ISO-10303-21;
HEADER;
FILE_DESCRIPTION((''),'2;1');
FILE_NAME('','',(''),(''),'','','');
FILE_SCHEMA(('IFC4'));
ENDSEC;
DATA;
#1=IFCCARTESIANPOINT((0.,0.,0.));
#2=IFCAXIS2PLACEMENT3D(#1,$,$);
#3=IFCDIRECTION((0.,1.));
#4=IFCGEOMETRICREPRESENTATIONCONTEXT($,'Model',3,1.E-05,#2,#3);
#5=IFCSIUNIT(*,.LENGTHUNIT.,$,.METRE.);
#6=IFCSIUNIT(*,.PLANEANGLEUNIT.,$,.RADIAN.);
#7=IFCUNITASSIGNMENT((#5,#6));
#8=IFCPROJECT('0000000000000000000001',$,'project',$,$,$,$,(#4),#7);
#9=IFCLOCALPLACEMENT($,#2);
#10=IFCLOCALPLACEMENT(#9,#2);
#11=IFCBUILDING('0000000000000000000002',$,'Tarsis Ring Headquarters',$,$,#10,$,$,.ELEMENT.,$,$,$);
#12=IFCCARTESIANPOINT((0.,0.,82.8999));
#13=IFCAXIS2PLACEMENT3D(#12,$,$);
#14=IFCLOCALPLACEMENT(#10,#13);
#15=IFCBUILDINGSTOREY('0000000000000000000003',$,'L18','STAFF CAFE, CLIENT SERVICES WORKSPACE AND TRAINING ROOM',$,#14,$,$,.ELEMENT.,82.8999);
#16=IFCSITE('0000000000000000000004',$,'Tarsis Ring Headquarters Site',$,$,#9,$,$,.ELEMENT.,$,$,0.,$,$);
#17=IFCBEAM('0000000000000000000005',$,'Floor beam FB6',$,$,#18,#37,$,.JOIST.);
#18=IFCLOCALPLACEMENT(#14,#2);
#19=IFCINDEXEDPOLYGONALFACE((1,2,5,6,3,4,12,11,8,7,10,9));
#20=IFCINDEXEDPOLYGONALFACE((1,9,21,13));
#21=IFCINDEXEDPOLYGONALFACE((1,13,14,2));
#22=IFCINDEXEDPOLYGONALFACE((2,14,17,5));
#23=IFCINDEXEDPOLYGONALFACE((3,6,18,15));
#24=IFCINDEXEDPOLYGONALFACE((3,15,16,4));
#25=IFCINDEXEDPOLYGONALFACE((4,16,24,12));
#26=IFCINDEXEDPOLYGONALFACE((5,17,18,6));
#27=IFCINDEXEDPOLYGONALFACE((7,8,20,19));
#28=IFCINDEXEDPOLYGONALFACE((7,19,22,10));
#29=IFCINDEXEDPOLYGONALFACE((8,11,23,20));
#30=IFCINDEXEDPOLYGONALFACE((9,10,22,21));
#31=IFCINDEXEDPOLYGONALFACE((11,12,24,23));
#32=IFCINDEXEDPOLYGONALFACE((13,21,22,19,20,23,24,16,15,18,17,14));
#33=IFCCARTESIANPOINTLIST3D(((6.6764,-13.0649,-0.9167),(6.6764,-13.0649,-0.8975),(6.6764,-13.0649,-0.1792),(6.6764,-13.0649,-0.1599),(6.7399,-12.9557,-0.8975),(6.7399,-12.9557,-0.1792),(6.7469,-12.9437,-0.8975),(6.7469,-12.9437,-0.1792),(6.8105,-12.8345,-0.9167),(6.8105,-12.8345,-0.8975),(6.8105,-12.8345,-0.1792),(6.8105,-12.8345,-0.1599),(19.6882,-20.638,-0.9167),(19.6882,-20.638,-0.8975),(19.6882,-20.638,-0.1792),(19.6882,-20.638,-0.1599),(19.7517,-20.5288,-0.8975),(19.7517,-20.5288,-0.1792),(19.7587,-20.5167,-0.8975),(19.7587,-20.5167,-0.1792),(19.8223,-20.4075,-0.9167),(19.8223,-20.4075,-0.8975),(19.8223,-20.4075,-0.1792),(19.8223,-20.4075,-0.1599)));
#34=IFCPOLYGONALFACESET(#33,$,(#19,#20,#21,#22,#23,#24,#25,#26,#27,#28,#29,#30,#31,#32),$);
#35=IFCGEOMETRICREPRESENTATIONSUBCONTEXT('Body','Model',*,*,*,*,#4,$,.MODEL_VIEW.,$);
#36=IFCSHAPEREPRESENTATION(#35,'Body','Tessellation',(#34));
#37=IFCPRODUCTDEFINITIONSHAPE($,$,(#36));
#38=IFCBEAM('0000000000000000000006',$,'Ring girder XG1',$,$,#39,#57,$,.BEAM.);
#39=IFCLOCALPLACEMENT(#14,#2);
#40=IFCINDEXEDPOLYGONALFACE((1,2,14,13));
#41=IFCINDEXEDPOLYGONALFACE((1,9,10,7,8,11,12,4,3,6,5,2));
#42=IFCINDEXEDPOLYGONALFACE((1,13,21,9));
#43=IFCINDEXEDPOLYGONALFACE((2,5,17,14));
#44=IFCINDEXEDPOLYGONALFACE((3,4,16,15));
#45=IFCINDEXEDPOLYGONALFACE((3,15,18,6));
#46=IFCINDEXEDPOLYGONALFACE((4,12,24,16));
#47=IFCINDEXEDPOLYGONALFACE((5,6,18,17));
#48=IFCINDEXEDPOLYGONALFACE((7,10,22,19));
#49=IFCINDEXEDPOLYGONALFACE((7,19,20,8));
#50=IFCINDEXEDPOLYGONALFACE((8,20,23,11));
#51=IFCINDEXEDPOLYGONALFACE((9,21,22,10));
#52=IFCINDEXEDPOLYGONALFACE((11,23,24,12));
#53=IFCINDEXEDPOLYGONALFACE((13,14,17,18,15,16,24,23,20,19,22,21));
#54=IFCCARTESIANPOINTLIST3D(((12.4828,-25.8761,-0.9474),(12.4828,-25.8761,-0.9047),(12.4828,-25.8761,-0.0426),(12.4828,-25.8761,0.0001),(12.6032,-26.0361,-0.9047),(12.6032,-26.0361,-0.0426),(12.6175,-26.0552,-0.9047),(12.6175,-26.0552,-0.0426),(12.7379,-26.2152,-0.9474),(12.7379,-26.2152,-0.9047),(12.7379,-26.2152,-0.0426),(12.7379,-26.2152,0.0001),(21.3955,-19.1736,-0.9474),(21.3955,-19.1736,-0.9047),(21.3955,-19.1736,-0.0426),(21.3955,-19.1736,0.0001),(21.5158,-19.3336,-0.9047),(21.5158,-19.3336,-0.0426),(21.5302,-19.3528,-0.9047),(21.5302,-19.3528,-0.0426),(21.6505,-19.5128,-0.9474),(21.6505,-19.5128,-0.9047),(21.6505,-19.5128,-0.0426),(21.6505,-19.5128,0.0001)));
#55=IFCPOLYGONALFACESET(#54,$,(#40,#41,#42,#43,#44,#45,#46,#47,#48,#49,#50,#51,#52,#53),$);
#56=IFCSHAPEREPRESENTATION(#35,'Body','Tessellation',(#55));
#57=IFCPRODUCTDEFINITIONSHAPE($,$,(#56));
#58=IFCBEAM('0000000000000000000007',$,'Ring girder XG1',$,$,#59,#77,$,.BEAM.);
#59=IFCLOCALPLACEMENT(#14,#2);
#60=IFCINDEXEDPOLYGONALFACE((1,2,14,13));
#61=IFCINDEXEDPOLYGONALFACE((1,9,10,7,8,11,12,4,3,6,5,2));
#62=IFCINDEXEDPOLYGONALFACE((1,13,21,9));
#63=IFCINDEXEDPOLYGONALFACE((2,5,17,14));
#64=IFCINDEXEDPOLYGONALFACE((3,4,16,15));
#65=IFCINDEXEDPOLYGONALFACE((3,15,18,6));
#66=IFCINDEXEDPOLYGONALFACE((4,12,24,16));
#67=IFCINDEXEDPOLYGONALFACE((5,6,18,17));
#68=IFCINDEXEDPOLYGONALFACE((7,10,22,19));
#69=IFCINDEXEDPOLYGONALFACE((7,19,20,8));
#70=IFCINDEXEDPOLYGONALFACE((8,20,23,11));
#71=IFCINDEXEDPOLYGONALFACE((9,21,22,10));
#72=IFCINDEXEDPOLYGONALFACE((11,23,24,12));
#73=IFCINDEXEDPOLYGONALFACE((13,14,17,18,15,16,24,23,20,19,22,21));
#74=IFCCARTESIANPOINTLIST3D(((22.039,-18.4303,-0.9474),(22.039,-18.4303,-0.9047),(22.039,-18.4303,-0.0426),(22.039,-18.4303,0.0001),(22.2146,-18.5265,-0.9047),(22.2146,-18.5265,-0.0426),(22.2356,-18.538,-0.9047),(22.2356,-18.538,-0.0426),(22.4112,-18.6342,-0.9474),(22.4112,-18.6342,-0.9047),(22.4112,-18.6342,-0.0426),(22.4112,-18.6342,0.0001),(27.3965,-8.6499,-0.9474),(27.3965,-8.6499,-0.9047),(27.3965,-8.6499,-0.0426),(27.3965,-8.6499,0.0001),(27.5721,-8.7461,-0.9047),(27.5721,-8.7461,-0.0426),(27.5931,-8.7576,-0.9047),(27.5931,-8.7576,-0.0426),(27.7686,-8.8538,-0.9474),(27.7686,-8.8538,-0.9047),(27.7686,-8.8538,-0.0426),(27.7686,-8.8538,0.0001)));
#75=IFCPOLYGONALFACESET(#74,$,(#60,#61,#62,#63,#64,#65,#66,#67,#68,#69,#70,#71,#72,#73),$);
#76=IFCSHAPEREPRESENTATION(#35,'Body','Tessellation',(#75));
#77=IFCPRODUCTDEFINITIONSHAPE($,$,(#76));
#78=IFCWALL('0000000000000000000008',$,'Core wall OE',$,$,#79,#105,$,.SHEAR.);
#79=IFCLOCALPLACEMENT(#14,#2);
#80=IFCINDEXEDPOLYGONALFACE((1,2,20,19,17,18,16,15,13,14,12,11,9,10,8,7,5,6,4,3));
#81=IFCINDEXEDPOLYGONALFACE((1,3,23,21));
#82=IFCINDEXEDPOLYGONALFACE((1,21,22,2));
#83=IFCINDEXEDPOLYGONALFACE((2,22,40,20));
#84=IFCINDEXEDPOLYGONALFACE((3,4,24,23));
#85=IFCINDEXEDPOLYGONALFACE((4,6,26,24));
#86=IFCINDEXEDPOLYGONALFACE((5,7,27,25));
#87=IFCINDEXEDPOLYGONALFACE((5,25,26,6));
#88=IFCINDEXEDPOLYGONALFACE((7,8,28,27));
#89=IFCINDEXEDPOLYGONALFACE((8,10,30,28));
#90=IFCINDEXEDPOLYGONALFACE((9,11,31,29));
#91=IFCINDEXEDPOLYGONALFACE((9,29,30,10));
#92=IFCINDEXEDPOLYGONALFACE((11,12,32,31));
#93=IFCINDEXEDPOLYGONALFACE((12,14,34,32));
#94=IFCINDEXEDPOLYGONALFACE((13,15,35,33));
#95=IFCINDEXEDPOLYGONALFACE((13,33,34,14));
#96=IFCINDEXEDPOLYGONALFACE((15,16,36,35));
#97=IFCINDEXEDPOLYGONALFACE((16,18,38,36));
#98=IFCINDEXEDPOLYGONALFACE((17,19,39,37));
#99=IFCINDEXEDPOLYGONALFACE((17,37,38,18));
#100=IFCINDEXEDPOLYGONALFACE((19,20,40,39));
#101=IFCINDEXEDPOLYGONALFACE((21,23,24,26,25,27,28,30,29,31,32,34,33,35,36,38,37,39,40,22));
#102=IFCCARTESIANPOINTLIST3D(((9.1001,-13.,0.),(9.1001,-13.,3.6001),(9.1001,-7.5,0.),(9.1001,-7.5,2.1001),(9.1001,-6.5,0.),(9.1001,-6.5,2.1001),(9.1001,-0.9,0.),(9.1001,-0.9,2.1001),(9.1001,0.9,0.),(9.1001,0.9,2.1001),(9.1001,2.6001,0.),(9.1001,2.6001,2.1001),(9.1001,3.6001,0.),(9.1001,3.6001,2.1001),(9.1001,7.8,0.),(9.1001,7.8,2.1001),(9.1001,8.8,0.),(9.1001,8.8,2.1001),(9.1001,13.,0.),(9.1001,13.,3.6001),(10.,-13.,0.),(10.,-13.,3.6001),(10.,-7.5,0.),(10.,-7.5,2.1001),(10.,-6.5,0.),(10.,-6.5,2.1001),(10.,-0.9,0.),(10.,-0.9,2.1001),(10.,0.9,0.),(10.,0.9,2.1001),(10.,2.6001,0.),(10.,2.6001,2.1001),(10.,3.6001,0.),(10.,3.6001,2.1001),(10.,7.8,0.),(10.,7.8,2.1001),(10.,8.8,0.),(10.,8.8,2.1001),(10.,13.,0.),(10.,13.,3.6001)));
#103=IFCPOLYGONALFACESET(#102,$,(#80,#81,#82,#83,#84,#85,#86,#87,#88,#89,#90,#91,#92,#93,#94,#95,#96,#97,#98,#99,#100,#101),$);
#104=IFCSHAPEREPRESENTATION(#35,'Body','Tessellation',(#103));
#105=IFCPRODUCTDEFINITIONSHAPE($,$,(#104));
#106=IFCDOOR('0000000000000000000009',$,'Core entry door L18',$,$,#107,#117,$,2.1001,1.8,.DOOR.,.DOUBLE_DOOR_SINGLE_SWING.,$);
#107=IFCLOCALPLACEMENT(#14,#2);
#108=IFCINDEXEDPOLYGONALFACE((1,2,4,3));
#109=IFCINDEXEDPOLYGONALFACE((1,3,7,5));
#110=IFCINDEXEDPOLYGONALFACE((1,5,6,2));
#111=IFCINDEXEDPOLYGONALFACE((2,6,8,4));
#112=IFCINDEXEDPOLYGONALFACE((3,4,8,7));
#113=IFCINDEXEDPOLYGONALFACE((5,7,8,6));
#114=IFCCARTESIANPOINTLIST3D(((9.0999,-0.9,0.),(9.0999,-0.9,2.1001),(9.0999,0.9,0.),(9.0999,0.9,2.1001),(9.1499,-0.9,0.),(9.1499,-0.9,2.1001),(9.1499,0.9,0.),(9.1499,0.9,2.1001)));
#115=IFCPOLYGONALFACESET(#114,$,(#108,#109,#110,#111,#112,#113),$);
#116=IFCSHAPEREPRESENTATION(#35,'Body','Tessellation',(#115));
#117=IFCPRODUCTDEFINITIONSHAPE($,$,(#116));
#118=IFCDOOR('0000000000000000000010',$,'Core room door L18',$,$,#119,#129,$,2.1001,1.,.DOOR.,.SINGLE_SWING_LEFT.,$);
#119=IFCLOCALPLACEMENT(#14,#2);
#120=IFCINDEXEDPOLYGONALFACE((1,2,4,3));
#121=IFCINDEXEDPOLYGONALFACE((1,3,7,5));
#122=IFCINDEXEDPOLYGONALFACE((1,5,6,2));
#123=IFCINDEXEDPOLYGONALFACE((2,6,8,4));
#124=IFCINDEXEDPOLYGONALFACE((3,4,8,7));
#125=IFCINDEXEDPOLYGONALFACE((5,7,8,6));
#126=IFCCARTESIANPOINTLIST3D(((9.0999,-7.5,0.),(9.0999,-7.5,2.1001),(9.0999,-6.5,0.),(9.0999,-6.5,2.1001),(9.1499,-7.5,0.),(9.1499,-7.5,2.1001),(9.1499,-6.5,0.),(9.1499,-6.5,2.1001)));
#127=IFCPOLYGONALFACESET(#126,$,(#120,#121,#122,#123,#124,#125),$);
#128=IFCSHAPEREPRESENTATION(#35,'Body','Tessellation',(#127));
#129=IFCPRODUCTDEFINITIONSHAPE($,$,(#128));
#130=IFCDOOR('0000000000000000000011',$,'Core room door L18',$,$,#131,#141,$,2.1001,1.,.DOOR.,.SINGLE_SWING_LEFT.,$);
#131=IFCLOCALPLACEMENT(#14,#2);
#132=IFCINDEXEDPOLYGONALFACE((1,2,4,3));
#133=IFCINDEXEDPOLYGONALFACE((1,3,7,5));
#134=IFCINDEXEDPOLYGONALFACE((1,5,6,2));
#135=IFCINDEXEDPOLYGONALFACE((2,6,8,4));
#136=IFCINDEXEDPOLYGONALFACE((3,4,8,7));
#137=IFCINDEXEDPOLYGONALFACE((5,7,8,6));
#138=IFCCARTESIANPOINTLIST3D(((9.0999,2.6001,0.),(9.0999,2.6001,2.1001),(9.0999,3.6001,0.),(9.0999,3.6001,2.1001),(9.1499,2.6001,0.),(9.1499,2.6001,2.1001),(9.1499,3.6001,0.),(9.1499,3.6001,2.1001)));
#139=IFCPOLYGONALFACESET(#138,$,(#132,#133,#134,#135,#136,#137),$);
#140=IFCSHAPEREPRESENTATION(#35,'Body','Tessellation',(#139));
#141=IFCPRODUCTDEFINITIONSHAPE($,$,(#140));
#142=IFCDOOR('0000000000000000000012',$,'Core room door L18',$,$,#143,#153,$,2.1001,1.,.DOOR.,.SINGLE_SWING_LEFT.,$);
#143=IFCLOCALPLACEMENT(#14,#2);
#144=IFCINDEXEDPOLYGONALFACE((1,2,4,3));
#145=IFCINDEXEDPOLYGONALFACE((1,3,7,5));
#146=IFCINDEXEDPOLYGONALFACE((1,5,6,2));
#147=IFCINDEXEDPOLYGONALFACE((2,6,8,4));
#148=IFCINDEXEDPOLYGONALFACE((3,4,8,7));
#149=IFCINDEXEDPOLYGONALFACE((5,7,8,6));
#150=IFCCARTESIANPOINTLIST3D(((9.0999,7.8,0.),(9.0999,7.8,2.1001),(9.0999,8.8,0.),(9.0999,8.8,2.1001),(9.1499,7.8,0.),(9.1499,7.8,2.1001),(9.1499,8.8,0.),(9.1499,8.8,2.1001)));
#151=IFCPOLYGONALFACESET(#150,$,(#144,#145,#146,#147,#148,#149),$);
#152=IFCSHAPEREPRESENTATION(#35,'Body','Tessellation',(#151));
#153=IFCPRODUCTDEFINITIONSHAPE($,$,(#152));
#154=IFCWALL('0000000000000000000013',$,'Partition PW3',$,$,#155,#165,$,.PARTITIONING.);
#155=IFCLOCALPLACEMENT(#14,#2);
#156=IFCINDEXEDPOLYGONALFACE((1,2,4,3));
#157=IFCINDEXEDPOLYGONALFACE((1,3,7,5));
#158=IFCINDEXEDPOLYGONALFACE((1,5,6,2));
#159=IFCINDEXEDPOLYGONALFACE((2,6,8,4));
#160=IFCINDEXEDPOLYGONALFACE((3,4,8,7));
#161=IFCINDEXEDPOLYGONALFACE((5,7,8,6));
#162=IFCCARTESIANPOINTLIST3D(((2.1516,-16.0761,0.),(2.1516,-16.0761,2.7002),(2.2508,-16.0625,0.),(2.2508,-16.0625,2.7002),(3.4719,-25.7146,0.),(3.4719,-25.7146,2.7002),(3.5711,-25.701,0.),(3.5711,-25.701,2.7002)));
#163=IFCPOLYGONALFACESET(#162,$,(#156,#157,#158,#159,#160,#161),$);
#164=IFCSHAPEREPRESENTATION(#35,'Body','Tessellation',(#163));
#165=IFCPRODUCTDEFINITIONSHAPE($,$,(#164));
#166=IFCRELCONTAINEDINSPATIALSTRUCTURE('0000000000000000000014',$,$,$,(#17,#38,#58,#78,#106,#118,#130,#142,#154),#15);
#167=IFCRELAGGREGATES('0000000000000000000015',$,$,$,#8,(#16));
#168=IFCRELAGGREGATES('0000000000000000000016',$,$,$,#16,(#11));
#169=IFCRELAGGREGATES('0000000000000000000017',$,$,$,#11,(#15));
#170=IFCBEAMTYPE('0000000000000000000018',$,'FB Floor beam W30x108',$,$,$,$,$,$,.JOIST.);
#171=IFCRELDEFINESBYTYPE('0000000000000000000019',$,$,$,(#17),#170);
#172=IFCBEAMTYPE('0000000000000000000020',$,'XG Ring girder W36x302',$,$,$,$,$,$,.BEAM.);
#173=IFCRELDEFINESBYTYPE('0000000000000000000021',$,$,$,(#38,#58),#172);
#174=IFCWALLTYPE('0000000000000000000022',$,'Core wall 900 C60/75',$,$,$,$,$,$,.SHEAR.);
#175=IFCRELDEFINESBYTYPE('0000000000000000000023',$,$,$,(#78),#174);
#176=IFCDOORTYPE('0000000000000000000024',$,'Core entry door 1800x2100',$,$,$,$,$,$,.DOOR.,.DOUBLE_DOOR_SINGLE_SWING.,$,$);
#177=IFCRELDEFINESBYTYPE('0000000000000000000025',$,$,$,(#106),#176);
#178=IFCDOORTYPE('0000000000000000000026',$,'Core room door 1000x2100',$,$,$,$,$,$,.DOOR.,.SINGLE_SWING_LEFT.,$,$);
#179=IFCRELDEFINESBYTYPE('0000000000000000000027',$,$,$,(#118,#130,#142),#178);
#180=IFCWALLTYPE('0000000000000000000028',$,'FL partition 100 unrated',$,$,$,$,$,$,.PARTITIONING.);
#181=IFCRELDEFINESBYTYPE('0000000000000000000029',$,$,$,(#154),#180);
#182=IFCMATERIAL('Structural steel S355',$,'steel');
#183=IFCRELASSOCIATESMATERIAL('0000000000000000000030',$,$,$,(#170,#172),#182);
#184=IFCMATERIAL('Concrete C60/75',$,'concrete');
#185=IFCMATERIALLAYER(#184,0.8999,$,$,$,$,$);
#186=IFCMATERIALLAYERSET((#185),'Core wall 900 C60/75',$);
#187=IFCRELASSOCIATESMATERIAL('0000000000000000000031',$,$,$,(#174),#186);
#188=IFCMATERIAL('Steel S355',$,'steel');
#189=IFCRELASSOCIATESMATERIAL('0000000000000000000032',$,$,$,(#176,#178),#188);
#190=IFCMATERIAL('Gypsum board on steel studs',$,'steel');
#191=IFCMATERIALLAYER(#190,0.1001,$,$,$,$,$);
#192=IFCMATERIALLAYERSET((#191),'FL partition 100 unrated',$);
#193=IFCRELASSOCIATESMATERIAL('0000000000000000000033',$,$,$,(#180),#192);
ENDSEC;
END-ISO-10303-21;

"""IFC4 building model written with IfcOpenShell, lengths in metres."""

from ifc_helpers import new_model, si_unit, direction, frame, frame_2d, origin, origin_2d, place, context, subcontext, project, spatial, rectangle, i_section, extrude, material, layer, layer_set, material_profile, profile_set, type_object, element, fill, save


model = new_model("IFC4")

# Units and contexts
model_context = context("Model", 3, precision=1e-05, world=origin(), true_north=direction((0.0, 1.0)))
body_context = subcontext(model_context, "Body", "Model", "MODEL_VIEW")
ifc_project = project(units=[si_unit("LENGTHUNIT", "METRE"), si_unit("PLANEANGLEUNIT", "RADIAN")], contexts=[model_context])

# Site, building, storey
site_placement = place(None, origin())
site = spatial("IfcSite", under=ifc_project, at=site_placement, Name="Tarsis Ring Headquarters Site", CompositionType="ELEMENT", RefElevation=0.0)
building_placement = place(site_placement, origin())
building = spatial("IfcBuilding", under=site, at=building_placement, Name="Tarsis Ring Headquarters", CompositionType="ELEMENT")
storey_placement = place(building_placement, frame((0.0, 0.0, 82.8999)))
storey = spatial("IfcBuildingStorey", under=building, at=storey_placement, Name="L18", Description="STAFF CAFE, CLIENT SERVICES WORKSPACE AND TRAINING ROOM", CompositionType="ELEMENT", Elevation=82.8999)

# Beams
ifc_material_1 = material(Name="Structural steel S355", Category="steel")
ifc_material_profile_1 = material_profile(ifc_material_1, i_section(OverallWidth=0.2666, OverallDepth=0.7568, WebThickness=0.0139, FlangeThickness=0.0193, at=origin_2d()), Name="W30x108")
ifc_profile_set_1 = profile_set([ifc_material_profile_1], Name="Structural steel S355")
beam_type_1 = type_object("IfcBeamType", Name="FB Floor beam W30x108", PredefinedType="JOIST", material=ifc_profile_set_1)
beam_placement = place(storey_placement, frame((6.7434, -12.9497, -0.5383), z_axis=(0.864275, -0.50302, 0.0), x_axis=(0.50302, 0.864275, 0.0)))
element("IfcBeam", 1, at=beam_placement, inside=storey, type_object=beam_type_1, Name="Floor beam FB6", PredefinedType="JOIST", context=body_context, shape_type="SweptSolid", body=[
    extrude(i_section(OverallWidth=0.2666, OverallDepth=0.7568, WebThickness=0.0139, FlangeThickness=0.0193, at=origin_2d()), origin(), (0.0, 0.0, 1.0), 15.0552),
])
ifc_material_profile_2 = material_profile(ifc_material_1, i_section(OverallWidth=0.4243, OverallDepth=0.9475, WebThickness=0.0239, FlangeThickness=0.0427, at=origin_2d()), Name="W36x302")
ifc_profile_set_2 = profile_set([ifc_material_profile_2], Name="Structural steel S355")
beam_type_2 = type_object("IfcBeamType", Name="XG Ring girder W36x302", PredefinedType="BEAM", material=ifc_profile_set_2)
for number, where, z_axis, x_axis, name in (
    (2, (12.6104, -26.0457, -0.4736), (0.799227, 0.601029, 0.0), (-0.601029, 0.799227, 0.0), "Ring girder XG1"),
    (3, (22.2251, -18.5322, -0.4736), (0.480422, 0.877037, 0.0), (-0.877037, 0.480422, 0.0), "Ring girder XG1"),
):
    element("IfcBeam", number, at=place(storey_placement, frame(where, z_axis=z_axis, x_axis=x_axis)), inside=storey, type_object=beam_type_2, Name=name, PredefinedType="BEAM", context=body_context, shape_type="SweptSolid", body=[
        extrude(i_section(OverallWidth=0.4243, OverallDepth=0.9475, WebThickness=0.0239, FlangeThickness=0.0427, at=origin_2d()), origin(), (0.0, 0.0, 1.0), 11.1516),
    ])

# Wall, openings, doors
ifc_material_2 = material(Name="Concrete C60/75", Category="concrete")
ifc_layer_1 = layer(ifc_material_2, 0.8999)
ifc_layer_set_1 = layer_set([ifc_layer_1], Name="Core wall 900 C60/75")
wall_type_1 = type_object("IfcWallType", Name="Core wall 900 C60/75", PredefinedType="SHEAR", material=ifc_layer_set_1)
wall_1_placement = place(storey_placement, frame((9.55, -13.0, 0.0), z_axis=(0.0, 0.0, 1.0), x_axis=(0.0, 1.0, 0.0)))
wall_1 = element("IfcWall", 4, at=wall_1_placement, inside=storey, type_object=wall_type_1, Name="Core wall OE", PredefinedType="SHEAR", context=body_context, shape_type="SweptSolid", body=[
    extrude(rectangle(XDim=26.0, YDim=0.8999, at=frame_2d((13.0, 0.0))), origin(), (0.0, 0.0, 1.0), 3.6001),
])
opening_1_placement = place(wall_1_placement, frame((5.5, 0.0, 0.0)))
opening_1 = element("IfcOpeningElement", 5, at=opening_1_placement, cuts=wall_1, PredefinedType="OPENING", context=body_context, shape_type="SweptSolid", body=[
    extrude(rectangle(XDim=1.0, YDim=2.1001, at=frame_2d((0.5, 1.05))), frame((0.0, 0.46, 0.0), z_axis=(0.0, -1.0, 0.0), x_axis=(1.0, 0.0, 0.0)), (0.0, 0.0, 1.0), 0.9199),
])
opening_2_placement = place(wall_1_placement, frame((12.1001, 0.0, 0.0)))
opening_2 = element("IfcOpeningElement", 6, at=opening_2_placement, cuts=wall_1, PredefinedType="OPENING", context=body_context, shape_type="SweptSolid", body=[
    extrude(rectangle(XDim=1.8, YDim=2.1001, at=frame_2d((0.8999, 1.05))), frame((0.0, 0.46, 0.0), z_axis=(0.0, -1.0, 0.0), x_axis=(1.0, 0.0, 0.0)), (0.0, 0.0, 1.0), 0.9199),
])
opening_3_placement = place(wall_1_placement, frame((15.6001, 0.0, 0.0)))
opening_3 = element("IfcOpeningElement", 7, at=opening_3_placement, cuts=wall_1, PredefinedType="OPENING", context=body_context, shape_type="SweptSolid", body=[
    extrude(rectangle(XDim=1.0, YDim=2.1001, at=frame_2d((0.5, 1.05))), frame((0.0, 0.46, 0.0), z_axis=(0.0, -1.0, 0.0), x_axis=(1.0, 0.0, 0.0)), (0.0, 0.0, 1.0), 0.9199),
])
opening_4_placement = place(wall_1_placement, frame((20.8, 0.0, 0.0)))
opening_4 = element("IfcOpeningElement", 8, at=opening_4_placement, cuts=wall_1, PredefinedType="OPENING", context=body_context, shape_type="SweptSolid", body=[
    extrude(rectangle(XDim=1.0, YDim=2.1001, at=frame_2d((0.5, 1.05))), frame((0.0, 0.46, 0.0), z_axis=(0.0, -1.0, 0.0), x_axis=(1.0, 0.0, 0.0)), (0.0, 0.0, 1.0), 0.9199),
])
ifc_material_3 = material(Name="Steel S355", Category="steel")
door_type_1 = type_object("IfcDoorType", Name="Core entry door 1800x2100", OperationType="DOUBLE_DOOR_SINGLE_SWING", PredefinedType="DOOR", material=ifc_material_3)
door_1_placement = place(opening_2_placement, origin())
door_1 = element("IfcDoor", 9, at=door_1_placement, inside=storey, type_object=door_type_1, Name="Core entry door L18", OperationType="DOUBLE_DOOR_SINGLE_SWING", OverallHeight=2.1001, OverallWidth=1.8, PredefinedType="DOOR", context=body_context, shape_type="SweptSolid", body=[
    extrude(rectangle(XDim=1.8, YDim=2.1001, at=frame_2d((0.8999, 1.05))), frame((0.0, 0.4502, 0.0), z_axis=(0.0, -1.0, 0.0), x_axis=(1.0, 0.0, 0.0)), (0.0, 0.0, 1.0), 0.05),
])
fill(opening_2, door_1)
door_type_2 = type_object("IfcDoorType", Name="Core room door 1000x2100", OperationType="SINGLE_SWING_LEFT", PredefinedType="DOOR", material=ifc_material_3)
door_2_placement = place(opening_1_placement, origin())
door_2 = element("IfcDoor", 10, at=door_2_placement, inside=storey, type_object=door_type_2, Name="Core room door L18", OperationType="SINGLE_SWING_LEFT", OverallHeight=2.1001, OverallWidth=1.0, PredefinedType="DOOR", context=body_context, shape_type="SweptSolid", body=[
    extrude(rectangle(XDim=1.0, YDim=2.1001, at=frame_2d((0.5, 1.05))), frame((0.0, 0.4502, 0.0), z_axis=(0.0, -1.0, 0.0), x_axis=(1.0, 0.0, 0.0)), (0.0, 0.0, 1.0), 0.05),
])
fill(opening_1, door_2)
door_3_placement = place(opening_3_placement, origin())
door_3 = element("IfcDoor", 11, at=door_3_placement, inside=storey, type_object=door_type_2, Name="Core room door L18", OperationType="SINGLE_SWING_LEFT", OverallHeight=2.1001, OverallWidth=1.0, PredefinedType="DOOR", context=body_context, shape_type="SweptSolid", body=[
    extrude(rectangle(XDim=1.0, YDim=2.1001, at=frame_2d((0.5, 1.05))), frame((0.0, 0.4502, 0.0), z_axis=(0.0, -1.0, 0.0), x_axis=(1.0, 0.0, 0.0)), (0.0, 0.0, 1.0), 0.05),
])
fill(opening_3, door_3)
door_4_placement = place(opening_4_placement, origin())
door_4 = element("IfcDoor", 12, at=door_4_placement, inside=storey, type_object=door_type_2, Name="Core room door L18", OperationType="SINGLE_SWING_LEFT", OverallHeight=2.1001, OverallWidth=1.0, PredefinedType="DOOR", context=body_context, shape_type="SweptSolid", body=[
    extrude(rectangle(XDim=1.0, YDim=2.1001, at=frame_2d((0.5, 1.05))), frame((0.0, 0.4502, 0.0), z_axis=(0.0, -1.0, 0.0), x_axis=(1.0, 0.0, 0.0)), (0.0, 0.0, 1.0), 0.05),
])
fill(opening_4, door_4)

# Wall
ifc_material_4 = material(Name="Gypsum board on steel studs", Category="steel")
ifc_layer_2 = layer(ifc_material_4, 0.1001)
ifc_layer_set_2 = layer_set([ifc_layer_2], Name="FL partition 100 unrated")
wall_type_2 = type_object("IfcWallType", Name="FL partition 100 unrated", PredefinedType="PARTITIONING", material=ifc_layer_set_2)
wall_2_placement = place(storey_placement, frame((2.2012, -16.0693, 0.0), z_axis=(0.0, 0.0, 1.0), x_axis=(0.135717, -0.990748, 0.0)))
element("IfcWall", 13, at=wall_2_placement, inside=storey, type_object=wall_type_2, Name="Partition PW3", PredefinedType="PARTITIONING", context=body_context, shape_type="SweptSolid", body=[
    extrude(rectangle(XDim=9.7285, YDim=0.1001, at=frame_2d((4.8643, 0.0))), origin(), (0.0, 0.0, 1.0), 2.7002),
])

save(model, "model.ifc")
